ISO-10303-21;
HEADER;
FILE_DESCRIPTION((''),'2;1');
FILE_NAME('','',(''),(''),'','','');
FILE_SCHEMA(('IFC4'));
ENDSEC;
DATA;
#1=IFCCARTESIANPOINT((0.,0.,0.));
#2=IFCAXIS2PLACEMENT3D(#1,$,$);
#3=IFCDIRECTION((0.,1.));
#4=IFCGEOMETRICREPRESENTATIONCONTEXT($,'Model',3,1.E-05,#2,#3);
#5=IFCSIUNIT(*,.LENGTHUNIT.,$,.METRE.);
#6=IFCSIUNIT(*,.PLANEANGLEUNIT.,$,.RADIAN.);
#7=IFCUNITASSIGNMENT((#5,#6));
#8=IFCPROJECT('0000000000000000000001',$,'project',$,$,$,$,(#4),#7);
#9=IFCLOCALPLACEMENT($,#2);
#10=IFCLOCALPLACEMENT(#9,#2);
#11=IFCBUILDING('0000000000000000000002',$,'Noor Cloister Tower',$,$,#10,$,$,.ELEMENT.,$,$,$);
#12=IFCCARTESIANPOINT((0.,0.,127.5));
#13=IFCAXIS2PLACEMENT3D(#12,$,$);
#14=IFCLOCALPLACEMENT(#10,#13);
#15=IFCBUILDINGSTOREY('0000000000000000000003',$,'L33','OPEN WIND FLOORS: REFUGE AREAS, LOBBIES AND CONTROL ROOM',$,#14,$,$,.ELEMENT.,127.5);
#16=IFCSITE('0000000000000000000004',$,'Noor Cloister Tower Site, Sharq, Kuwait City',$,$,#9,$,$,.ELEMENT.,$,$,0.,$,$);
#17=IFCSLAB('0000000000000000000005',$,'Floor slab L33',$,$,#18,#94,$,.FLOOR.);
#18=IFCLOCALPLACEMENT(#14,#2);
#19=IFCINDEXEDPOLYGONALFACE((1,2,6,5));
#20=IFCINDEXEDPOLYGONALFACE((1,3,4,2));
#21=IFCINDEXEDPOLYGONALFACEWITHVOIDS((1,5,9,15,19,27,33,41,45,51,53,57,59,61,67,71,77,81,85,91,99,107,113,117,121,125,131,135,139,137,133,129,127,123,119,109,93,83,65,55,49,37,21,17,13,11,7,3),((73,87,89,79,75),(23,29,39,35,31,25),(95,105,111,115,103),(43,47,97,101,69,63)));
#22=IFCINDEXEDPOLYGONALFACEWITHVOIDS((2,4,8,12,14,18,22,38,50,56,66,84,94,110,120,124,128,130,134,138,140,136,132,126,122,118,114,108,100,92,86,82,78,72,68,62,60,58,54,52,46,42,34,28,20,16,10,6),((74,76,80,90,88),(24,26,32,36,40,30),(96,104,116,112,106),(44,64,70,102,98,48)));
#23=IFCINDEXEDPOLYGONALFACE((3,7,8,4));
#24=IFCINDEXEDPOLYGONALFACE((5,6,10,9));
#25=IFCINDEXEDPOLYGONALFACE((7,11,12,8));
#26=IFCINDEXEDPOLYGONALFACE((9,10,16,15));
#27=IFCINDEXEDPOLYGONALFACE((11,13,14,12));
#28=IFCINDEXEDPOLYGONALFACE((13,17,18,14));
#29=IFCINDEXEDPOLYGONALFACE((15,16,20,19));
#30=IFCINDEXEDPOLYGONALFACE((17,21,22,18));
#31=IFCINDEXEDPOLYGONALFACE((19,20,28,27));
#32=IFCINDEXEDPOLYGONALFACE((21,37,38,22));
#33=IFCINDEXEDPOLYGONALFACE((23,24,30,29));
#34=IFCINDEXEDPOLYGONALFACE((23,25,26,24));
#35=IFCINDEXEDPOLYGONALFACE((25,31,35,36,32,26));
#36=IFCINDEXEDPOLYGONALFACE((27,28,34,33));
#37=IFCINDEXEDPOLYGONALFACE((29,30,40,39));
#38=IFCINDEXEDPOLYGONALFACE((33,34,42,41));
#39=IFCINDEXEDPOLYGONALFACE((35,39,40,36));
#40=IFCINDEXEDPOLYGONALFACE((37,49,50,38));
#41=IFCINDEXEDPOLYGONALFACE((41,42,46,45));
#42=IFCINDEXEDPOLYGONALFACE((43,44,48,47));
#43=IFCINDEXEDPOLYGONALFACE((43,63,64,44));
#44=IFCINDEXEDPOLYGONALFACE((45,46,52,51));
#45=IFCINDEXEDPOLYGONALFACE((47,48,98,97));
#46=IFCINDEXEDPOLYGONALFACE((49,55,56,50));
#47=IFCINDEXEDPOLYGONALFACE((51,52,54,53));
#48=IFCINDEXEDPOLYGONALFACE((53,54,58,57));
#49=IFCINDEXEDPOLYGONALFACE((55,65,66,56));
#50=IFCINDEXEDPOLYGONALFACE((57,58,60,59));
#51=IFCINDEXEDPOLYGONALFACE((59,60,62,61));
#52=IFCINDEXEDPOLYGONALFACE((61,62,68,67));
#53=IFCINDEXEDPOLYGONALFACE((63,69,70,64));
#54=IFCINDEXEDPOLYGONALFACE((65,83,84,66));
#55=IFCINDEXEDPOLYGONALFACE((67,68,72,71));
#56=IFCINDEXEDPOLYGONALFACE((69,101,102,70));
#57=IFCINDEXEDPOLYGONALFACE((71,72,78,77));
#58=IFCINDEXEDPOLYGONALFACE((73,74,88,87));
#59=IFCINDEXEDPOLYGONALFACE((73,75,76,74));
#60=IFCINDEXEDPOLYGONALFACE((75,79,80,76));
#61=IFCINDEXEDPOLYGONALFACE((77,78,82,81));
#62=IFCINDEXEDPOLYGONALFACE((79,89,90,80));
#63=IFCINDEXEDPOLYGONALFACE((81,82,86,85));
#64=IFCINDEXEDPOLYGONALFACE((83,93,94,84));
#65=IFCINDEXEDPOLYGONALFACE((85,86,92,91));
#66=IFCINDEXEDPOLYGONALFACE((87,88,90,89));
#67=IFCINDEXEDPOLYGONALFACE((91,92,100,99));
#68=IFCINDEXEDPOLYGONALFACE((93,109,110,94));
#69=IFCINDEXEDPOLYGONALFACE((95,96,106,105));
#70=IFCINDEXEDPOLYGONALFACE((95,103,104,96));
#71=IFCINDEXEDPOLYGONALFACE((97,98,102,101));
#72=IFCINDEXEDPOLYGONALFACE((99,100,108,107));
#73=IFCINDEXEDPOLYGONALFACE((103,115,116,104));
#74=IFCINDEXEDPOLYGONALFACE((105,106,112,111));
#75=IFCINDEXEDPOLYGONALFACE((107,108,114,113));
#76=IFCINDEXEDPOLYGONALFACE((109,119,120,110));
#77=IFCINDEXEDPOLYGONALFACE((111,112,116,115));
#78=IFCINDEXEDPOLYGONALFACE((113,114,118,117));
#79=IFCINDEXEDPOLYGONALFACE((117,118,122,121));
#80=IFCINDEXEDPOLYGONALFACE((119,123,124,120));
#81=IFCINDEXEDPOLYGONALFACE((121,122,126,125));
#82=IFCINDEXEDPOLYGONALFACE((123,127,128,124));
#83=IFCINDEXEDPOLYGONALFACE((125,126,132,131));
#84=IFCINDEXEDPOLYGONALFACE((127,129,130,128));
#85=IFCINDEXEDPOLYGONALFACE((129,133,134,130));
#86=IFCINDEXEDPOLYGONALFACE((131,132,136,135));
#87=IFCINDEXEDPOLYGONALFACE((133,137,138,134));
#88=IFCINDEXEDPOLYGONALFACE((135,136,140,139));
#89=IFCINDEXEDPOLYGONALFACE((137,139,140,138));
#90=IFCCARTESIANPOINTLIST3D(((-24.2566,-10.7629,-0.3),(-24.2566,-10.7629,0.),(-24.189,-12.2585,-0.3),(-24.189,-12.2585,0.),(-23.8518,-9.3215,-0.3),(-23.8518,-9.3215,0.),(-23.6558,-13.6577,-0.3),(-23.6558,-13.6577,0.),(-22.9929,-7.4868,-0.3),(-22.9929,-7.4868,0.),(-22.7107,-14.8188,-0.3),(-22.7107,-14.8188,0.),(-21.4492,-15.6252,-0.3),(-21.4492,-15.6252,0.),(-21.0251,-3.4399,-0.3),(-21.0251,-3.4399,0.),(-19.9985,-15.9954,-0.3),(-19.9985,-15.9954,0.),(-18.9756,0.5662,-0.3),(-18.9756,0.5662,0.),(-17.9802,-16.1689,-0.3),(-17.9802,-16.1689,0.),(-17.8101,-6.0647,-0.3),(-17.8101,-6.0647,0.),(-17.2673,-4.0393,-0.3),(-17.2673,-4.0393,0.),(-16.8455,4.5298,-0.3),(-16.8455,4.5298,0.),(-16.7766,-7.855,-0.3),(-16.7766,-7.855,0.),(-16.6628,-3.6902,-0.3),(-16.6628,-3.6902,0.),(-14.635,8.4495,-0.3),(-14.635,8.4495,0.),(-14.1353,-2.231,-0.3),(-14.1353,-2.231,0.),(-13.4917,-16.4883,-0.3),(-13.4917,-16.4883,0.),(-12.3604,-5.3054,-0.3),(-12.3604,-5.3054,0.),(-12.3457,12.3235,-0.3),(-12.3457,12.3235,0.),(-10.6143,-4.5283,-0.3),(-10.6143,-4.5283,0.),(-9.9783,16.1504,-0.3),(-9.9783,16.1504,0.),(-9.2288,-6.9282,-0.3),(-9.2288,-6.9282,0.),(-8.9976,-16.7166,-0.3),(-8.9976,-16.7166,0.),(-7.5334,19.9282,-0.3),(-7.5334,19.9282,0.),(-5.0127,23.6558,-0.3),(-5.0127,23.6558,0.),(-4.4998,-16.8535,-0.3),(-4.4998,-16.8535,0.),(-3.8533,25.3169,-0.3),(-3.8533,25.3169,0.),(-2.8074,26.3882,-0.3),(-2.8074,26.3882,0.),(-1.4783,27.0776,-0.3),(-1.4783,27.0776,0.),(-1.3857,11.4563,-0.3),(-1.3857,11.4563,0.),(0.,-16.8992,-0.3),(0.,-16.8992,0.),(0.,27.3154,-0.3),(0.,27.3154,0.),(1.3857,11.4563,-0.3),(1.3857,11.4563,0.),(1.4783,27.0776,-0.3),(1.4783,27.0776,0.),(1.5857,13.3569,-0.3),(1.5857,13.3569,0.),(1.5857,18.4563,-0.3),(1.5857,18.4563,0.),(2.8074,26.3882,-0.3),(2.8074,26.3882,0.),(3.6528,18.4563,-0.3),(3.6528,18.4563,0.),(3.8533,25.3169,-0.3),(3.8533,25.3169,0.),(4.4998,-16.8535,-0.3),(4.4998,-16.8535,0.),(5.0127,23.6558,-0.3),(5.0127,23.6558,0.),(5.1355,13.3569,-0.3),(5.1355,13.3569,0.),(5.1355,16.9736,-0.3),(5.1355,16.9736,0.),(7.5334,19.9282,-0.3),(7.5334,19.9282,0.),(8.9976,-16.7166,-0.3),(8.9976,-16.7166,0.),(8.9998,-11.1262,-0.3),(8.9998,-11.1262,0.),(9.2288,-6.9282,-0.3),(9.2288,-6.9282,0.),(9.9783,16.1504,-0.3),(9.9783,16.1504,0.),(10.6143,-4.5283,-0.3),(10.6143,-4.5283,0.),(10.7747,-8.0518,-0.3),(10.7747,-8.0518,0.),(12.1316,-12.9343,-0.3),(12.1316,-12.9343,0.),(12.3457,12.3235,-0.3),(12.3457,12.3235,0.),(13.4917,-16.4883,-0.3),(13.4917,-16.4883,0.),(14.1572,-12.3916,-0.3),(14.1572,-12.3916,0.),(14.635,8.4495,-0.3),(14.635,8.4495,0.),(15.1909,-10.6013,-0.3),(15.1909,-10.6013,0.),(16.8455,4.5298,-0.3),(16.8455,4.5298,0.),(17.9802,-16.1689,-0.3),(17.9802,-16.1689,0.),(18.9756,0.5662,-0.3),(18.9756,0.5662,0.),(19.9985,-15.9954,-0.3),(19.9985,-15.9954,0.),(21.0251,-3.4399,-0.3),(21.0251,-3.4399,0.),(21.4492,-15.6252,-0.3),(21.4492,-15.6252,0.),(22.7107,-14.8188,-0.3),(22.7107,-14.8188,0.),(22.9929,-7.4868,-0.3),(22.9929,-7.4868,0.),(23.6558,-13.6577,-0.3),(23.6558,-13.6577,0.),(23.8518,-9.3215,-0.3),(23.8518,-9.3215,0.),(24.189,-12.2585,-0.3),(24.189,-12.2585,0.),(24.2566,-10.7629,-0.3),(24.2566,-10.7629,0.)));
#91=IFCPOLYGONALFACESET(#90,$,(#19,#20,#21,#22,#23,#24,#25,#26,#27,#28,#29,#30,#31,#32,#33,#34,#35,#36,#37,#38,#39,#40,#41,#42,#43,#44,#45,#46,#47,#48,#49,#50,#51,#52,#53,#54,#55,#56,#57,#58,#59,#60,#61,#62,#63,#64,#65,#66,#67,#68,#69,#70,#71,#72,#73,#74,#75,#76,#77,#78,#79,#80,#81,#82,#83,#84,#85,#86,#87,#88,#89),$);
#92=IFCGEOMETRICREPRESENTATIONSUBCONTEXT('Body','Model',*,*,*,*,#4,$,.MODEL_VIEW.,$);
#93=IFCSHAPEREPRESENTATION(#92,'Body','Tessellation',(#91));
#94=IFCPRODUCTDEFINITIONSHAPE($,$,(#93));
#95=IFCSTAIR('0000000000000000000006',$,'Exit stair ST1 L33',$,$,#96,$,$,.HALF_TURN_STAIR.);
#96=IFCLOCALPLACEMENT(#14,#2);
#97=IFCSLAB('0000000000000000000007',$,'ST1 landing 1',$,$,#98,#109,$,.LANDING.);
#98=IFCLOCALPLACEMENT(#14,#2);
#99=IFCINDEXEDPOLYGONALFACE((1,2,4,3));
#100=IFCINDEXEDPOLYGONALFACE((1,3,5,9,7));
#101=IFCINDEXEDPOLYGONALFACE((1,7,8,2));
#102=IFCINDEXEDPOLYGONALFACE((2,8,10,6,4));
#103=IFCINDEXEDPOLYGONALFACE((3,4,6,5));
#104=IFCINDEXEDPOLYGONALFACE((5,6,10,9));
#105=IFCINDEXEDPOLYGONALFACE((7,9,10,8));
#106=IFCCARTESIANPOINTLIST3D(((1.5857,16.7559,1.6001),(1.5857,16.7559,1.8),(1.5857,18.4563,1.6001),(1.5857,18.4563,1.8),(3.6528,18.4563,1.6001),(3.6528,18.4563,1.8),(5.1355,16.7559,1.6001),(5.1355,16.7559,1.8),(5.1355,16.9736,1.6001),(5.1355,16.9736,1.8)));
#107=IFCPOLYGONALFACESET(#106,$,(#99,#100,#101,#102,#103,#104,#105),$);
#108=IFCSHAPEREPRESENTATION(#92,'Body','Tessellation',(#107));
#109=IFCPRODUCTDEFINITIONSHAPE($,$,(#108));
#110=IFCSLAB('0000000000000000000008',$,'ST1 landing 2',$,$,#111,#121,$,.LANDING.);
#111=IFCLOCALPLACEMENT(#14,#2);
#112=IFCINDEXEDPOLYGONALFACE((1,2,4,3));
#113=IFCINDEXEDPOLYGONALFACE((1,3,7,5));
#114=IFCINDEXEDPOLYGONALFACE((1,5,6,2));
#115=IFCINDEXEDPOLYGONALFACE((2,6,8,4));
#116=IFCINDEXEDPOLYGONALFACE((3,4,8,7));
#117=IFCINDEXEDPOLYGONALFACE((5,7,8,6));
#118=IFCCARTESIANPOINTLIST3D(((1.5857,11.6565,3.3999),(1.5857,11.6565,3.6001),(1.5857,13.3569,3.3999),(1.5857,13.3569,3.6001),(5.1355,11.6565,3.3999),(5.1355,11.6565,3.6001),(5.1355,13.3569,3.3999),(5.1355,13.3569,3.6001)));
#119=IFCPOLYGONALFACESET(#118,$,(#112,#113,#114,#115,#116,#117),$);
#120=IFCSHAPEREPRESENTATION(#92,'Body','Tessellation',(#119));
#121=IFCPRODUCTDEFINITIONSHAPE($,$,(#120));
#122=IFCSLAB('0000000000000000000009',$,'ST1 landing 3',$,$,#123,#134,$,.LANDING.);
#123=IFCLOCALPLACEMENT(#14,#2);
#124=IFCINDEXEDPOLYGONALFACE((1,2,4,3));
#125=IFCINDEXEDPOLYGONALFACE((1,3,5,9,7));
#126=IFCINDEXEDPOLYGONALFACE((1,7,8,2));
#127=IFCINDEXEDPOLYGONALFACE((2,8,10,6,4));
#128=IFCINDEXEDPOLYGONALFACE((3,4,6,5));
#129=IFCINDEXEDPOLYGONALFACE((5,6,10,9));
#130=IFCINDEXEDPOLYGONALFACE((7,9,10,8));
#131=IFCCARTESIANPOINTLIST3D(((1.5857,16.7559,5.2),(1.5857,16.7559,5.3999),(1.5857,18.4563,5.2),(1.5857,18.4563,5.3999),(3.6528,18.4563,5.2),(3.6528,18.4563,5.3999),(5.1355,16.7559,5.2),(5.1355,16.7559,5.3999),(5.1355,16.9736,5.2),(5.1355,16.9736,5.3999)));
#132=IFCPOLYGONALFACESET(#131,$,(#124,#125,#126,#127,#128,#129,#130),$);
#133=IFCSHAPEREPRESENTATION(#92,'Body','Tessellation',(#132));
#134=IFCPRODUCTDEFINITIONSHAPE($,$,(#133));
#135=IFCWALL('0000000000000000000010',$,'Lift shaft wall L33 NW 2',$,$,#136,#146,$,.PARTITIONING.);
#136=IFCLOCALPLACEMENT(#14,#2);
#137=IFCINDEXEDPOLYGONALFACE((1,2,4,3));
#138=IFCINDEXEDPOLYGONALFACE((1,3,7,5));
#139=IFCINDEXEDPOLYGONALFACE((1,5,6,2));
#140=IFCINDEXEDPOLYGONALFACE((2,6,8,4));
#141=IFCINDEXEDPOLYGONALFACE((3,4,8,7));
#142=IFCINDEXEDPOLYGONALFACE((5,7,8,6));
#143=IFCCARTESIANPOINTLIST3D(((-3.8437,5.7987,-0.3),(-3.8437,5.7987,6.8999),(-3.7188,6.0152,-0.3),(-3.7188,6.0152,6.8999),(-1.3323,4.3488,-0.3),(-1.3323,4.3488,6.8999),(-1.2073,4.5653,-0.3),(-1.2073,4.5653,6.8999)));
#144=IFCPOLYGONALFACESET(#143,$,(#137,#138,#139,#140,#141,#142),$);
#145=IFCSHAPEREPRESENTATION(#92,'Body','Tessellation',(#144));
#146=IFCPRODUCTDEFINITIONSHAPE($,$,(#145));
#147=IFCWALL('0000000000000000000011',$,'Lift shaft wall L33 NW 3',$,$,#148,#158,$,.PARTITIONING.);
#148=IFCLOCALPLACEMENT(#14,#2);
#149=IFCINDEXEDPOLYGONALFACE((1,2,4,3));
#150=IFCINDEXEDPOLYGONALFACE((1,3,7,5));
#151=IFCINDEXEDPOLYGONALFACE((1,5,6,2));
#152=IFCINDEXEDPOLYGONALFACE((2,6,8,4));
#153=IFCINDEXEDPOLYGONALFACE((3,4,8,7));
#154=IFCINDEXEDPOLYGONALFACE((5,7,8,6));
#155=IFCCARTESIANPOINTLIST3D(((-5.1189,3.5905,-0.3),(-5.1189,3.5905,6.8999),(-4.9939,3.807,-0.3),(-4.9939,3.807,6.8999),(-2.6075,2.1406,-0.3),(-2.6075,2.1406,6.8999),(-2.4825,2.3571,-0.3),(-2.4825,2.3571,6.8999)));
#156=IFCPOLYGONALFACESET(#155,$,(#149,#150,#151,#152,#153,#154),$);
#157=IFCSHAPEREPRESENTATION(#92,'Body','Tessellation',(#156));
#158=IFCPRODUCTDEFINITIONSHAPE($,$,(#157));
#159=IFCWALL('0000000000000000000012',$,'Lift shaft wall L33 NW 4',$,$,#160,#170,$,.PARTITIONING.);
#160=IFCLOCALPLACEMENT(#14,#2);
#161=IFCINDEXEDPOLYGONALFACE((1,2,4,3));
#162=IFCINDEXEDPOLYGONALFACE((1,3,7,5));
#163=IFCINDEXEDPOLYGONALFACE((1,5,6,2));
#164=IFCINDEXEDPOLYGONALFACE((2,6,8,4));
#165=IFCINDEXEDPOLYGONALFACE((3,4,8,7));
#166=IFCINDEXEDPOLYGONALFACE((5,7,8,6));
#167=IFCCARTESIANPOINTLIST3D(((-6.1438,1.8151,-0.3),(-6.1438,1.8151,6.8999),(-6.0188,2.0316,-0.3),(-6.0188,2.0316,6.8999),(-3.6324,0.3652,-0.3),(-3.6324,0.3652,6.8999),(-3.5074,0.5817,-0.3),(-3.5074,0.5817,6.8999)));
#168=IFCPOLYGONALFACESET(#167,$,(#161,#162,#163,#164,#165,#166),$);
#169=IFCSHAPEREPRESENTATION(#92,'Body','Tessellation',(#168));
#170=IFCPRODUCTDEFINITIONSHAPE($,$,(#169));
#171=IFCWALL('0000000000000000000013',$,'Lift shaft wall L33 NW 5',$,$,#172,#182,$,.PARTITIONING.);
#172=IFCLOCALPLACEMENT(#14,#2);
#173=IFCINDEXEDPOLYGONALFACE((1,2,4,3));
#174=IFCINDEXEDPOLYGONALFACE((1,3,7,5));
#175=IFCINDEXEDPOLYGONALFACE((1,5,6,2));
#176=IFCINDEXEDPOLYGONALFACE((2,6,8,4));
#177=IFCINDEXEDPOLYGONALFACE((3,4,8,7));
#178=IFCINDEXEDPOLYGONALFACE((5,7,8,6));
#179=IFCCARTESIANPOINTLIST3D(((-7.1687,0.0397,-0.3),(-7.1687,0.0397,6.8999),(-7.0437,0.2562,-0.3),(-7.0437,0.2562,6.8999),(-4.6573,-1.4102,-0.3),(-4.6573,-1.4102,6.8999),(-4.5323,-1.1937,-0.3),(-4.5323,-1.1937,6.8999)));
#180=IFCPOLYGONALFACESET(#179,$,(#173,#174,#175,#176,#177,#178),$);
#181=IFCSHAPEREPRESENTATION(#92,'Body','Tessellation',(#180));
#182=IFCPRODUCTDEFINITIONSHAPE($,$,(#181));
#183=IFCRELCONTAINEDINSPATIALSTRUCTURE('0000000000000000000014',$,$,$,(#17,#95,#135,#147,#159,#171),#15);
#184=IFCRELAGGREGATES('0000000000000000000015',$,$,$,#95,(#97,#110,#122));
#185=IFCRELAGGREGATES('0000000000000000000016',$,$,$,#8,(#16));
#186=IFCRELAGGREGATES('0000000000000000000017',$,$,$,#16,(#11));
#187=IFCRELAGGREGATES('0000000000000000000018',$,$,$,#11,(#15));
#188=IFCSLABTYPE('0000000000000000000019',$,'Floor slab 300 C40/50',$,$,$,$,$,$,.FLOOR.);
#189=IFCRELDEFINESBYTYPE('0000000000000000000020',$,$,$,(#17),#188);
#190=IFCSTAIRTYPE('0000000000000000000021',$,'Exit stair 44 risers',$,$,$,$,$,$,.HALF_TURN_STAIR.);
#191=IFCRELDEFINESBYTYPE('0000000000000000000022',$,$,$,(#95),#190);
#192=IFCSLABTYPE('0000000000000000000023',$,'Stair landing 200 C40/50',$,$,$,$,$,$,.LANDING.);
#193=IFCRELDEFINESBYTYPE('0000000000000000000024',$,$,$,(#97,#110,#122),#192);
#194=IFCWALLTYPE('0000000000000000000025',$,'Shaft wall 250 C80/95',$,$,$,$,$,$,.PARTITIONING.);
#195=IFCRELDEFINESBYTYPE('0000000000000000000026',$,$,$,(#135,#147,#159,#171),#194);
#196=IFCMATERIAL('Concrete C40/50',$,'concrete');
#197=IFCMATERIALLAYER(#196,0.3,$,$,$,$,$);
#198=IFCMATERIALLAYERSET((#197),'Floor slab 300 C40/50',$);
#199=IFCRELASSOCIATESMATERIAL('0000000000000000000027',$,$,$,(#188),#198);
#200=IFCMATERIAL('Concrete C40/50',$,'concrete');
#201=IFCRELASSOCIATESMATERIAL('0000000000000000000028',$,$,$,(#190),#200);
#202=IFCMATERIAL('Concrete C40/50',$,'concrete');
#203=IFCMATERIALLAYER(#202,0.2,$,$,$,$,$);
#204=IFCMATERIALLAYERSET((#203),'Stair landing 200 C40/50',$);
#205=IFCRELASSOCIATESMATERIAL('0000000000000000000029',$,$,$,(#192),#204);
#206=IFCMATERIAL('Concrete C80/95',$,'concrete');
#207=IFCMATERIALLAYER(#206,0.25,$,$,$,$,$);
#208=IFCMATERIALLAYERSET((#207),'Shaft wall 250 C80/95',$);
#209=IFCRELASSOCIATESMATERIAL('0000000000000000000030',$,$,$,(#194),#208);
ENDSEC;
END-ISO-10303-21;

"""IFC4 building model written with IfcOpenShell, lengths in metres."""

from ifc_helpers import new_model, si_unit, direction, frame, frame_2d, origin, place, context, subcontext, project, spatial, polyline, rectangle, outline, extrude, material, layer, layer_set, type_object, element, aggregate, save


model = new_model("IFC4")

# Units and contexts
model_context = context("Model", 3, precision=1e-05, world=origin(), true_north=direction((0.0, 1.0)))
body_context = subcontext(model_context, "Body", "Model", "MODEL_VIEW")
ifc_project = project(units=[si_unit("LENGTHUNIT", "METRE"), si_unit("PLANEANGLEUNIT", "RADIAN")], contexts=[model_context])

# Site, building, storey
site_placement = place(None, origin())
site = spatial("IfcSite", under=ifc_project, at=site_placement, Name="Noor Cloister Tower Site, Sharq, Kuwait City", CompositionType="ELEMENT", RefElevation=0.0)
building_placement = place(site_placement, origin())
building = spatial("IfcBuilding", under=site, at=building_placement, Name="Noor Cloister Tower", CompositionType="ELEMENT")
storey_placement = place(building_placement, frame((0.0, 0.0, 127.5)))
storey = spatial("IfcBuildingStorey", under=building, at=storey_placement, Name="L33", Description="OPEN WIND FLOORS: REFUGE AREAS, LOBBIES AND CONTROL ROOM", CompositionType="ELEMENT", Elevation=127.5)

# Slab
ifc_material_1 = material(Name="Concrete C40/50", Category="concrete")
ifc_layer_1 = layer(ifc_material_1, 0.3)
ifc_layer_set_1 = layer_set([ifc_layer_1], Name="Floor slab 300 C40/50")
slab_type_1 = type_object("IfcSlabType", Name="Floor slab 300 C40/50", PredefinedType="FLOOR", material=ifc_layer_set_1)
slab_1_placement = place(storey_placement, frame((0.0, 0.0, -0.3)))
element("IfcSlab", 1, at=slab_1_placement, inside=storey, type_object=slab_type_1, Name="Floor slab L33", PredefinedType="FLOOR", context=body_context, shape_type="SweptSolid", body=[
    extrude(outline(polyline([(3.8533, 25.3169), (2.8074, 26.3882), (1.4783, 27.0776), (0.0, 27.3154), (-1.4783, 27.0776), (-2.8074, 26.3882), (-3.8533, 25.3169), (-5.0127, 23.6558), (-7.5334, 19.9282), (-9.9783, 16.1504), (-12.3457, 12.3235), (-14.635, 8.4495), (-16.8455, 4.5298), (-18.9756, 0.5662), (-21.0251, -3.4399), (-22.9929, -7.4868), (-23.8518, -9.3215), (-24.2566, -10.7629), (-24.189, -12.2585), (-23.6558, -13.6577), (-22.7107, -14.8188), (-21.4492, -15.6252), (-19.9985, -15.9954), (-17.9802, -16.1689), (-13.4917, -16.4883), (-8.9976, -16.7166), (-4.4998, -16.8535), (0.0, -16.8992), (4.4998, -16.8535), (8.9976, -16.7166), (13.4917, -16.4883), (17.9802, -16.1689), (19.9985, -15.9954), (21.4492, -15.6252), (22.7107, -14.8188), (23.6558, -13.6577), (24.189, -12.2585), (24.2566, -10.7629), (23.8518, -9.3215), (22.9929, -7.4868), (21.0251, -3.4399), (18.9756, 0.5662), (16.8455, 4.5298), (14.635, 8.4495), (12.3457, 12.3235), (9.9783, 16.1504), (7.5334, 19.9282), (5.0127, 23.6558), (3.8533, 25.3169)]), holes=[polyline([(8.9998, -11.1262), (12.1316, -12.9343), (14.1572, -12.3916), (15.1909, -10.6013), (10.7747, -8.0518), (8.9998, -11.1262)]), polyline([(-17.8101, -6.0647), (-16.7766, -7.855), (-12.3604, -5.3054), (-14.1353, -2.231), (-16.6628, -3.6902), (-17.2673, -4.0393), (-17.8101, -6.0647)]), polyline([(-10.6143, -4.5283), (-9.2288, -6.9282), (9.2288, -6.9282), (10.6143, -4.5283), (1.3857, 11.4563), (-1.3857, 11.4563), (-10.6143, -4.5283)]), polyline([(3.6528, 18.4563), (1.5857, 18.4563), (1.5857, 13.3569), (5.1355, 13.3569), (5.1355, 16.9736), (3.6528, 18.4563)])]), origin(), (0.0, 0.0, 1.0), 0.3),
])

# Stair, slabs
ifc_material_2 = material(Name="Concrete C40/50", Category="concrete")
stair_type = type_object("IfcStairType", Name="Exit stair 44 risers", PredefinedType="HALF_TURN_STAIR", material=ifc_material_2)
stair_placement = place(storey_placement, origin())
stair = element("IfcStair", 2, at=stair_placement, inside=storey, type_object=stair_type, Name="Exit stair ST1 L33", PredefinedType="HALF_TURN_STAIR")
ifc_material_3 = material(Name="Concrete C40/50", Category="concrete")
ifc_layer_2 = layer(ifc_material_3, 0.2)
ifc_layer_set_2 = layer_set([ifc_layer_2], Name="Stair landing 200 C40/50")
slab_type_2 = type_object("IfcSlabType", Name="Stair landing 200 C40/50", PredefinedType="LANDING", material=ifc_layer_set_2)
slab_2_placement = place(storey_placement, frame((0.0, 0.0, 1.6001)))
slab_2 = element("IfcSlab", 3, at=slab_2_placement, type_object=slab_type_2, Name="ST1 landing 1", PredefinedType="LANDING", context=body_context, shape_type="SweptSolid", body=[
    extrude(outline(polyline([(5.1355, 16.7559), (5.1355, 16.9736), (3.6528, 18.4563), (1.5857, 18.4563), (1.5857, 16.7559), (5.1355, 16.7559)])), origin(), (0.0, 0.0, 1.0), 0.2),
])
slab_3_placement = place(storey_placement, frame((0.0, 0.0, 3.3999)))
slab_3 = element("IfcSlab", 4, at=slab_3_placement, type_object=slab_type_2, Name="ST1 landing 2", PredefinedType="LANDING", context=body_context, shape_type="SweptSolid", body=[
    extrude(outline(polyline([(1.5857, 13.3569), (1.5857, 11.6565), (5.1355, 11.6565), (5.1355, 13.3569), (1.5857, 13.3569)])), origin(), (0.0, 0.0, 1.0), 0.2002),
])
slab_4_placement = place(storey_placement, frame((0.0, 0.0, 5.2)))
slab_4 = element("IfcSlab", 5, at=slab_4_placement, type_object=slab_type_2, Name="ST1 landing 3", PredefinedType="LANDING", context=body_context, shape_type="SweptSolid", body=[
    extrude(outline(polyline([(5.1355, 16.7559), (5.1355, 16.9736), (3.6528, 18.4563), (1.5857, 18.4563), (1.5857, 16.7559), (5.1355, 16.7559)])), origin(), (0.0, 0.0, 1.0), 0.2),
])
aggregate(stair, [slab_2, slab_3, slab_4])

# Walls
ifc_material_4 = material(Name="Concrete C80/95", Category="concrete")
ifc_layer_3 = layer(ifc_material_4, 0.25)
ifc_layer_set_3 = layer_set([ifc_layer_3], Name="Shaft wall 250 C80/95")
wall_type_1 = type_object("IfcWallType", Name="Shaft wall 250 C80/95", PredefinedType="PARTITIONING", material=ifc_layer_set_3)
for number, where, z_axis, x_axis, name in (
    (6, (-3.7812, 5.907, -0.3), (0.0, 0.0, 1.0), (0.866033, -0.499987, 0.0), "Lift shaft wall L33 NW 2"),
    (7, (-5.0564, 3.6987, -0.3), (0.0, 0.0, 1.0), (0.866033, -0.499987, 0.0), "Lift shaft wall L33 NW 3"),
    (8, (-6.0813, 1.9233, -0.3), (0.0, 0.0, 1.0), (0.866033, -0.499987, 0.0), "Lift shaft wall L33 NW 4"),
    (9, (-7.1062, 0.1479, -0.3), (0.0, 0.0, 1.0), (0.866033, -0.499987, 0.0), "Lift shaft wall L33 NW 5"),
):
    element("IfcWall", number, at=place(storey_placement, frame(where, z_axis=z_axis, x_axis=x_axis)), inside=storey, type_object=wall_type_1, Name=name, PredefinedType="PARTITIONING", context=body_context, shape_type="SweptSolid", body=[
        extrude(rectangle(XDim=2.8999, YDim=0.25, at=frame_2d((1.45, 0.0))), origin(), (0.0, 0.0, 1.0), 7.2),
    ])

save(model, "model.ifc")
